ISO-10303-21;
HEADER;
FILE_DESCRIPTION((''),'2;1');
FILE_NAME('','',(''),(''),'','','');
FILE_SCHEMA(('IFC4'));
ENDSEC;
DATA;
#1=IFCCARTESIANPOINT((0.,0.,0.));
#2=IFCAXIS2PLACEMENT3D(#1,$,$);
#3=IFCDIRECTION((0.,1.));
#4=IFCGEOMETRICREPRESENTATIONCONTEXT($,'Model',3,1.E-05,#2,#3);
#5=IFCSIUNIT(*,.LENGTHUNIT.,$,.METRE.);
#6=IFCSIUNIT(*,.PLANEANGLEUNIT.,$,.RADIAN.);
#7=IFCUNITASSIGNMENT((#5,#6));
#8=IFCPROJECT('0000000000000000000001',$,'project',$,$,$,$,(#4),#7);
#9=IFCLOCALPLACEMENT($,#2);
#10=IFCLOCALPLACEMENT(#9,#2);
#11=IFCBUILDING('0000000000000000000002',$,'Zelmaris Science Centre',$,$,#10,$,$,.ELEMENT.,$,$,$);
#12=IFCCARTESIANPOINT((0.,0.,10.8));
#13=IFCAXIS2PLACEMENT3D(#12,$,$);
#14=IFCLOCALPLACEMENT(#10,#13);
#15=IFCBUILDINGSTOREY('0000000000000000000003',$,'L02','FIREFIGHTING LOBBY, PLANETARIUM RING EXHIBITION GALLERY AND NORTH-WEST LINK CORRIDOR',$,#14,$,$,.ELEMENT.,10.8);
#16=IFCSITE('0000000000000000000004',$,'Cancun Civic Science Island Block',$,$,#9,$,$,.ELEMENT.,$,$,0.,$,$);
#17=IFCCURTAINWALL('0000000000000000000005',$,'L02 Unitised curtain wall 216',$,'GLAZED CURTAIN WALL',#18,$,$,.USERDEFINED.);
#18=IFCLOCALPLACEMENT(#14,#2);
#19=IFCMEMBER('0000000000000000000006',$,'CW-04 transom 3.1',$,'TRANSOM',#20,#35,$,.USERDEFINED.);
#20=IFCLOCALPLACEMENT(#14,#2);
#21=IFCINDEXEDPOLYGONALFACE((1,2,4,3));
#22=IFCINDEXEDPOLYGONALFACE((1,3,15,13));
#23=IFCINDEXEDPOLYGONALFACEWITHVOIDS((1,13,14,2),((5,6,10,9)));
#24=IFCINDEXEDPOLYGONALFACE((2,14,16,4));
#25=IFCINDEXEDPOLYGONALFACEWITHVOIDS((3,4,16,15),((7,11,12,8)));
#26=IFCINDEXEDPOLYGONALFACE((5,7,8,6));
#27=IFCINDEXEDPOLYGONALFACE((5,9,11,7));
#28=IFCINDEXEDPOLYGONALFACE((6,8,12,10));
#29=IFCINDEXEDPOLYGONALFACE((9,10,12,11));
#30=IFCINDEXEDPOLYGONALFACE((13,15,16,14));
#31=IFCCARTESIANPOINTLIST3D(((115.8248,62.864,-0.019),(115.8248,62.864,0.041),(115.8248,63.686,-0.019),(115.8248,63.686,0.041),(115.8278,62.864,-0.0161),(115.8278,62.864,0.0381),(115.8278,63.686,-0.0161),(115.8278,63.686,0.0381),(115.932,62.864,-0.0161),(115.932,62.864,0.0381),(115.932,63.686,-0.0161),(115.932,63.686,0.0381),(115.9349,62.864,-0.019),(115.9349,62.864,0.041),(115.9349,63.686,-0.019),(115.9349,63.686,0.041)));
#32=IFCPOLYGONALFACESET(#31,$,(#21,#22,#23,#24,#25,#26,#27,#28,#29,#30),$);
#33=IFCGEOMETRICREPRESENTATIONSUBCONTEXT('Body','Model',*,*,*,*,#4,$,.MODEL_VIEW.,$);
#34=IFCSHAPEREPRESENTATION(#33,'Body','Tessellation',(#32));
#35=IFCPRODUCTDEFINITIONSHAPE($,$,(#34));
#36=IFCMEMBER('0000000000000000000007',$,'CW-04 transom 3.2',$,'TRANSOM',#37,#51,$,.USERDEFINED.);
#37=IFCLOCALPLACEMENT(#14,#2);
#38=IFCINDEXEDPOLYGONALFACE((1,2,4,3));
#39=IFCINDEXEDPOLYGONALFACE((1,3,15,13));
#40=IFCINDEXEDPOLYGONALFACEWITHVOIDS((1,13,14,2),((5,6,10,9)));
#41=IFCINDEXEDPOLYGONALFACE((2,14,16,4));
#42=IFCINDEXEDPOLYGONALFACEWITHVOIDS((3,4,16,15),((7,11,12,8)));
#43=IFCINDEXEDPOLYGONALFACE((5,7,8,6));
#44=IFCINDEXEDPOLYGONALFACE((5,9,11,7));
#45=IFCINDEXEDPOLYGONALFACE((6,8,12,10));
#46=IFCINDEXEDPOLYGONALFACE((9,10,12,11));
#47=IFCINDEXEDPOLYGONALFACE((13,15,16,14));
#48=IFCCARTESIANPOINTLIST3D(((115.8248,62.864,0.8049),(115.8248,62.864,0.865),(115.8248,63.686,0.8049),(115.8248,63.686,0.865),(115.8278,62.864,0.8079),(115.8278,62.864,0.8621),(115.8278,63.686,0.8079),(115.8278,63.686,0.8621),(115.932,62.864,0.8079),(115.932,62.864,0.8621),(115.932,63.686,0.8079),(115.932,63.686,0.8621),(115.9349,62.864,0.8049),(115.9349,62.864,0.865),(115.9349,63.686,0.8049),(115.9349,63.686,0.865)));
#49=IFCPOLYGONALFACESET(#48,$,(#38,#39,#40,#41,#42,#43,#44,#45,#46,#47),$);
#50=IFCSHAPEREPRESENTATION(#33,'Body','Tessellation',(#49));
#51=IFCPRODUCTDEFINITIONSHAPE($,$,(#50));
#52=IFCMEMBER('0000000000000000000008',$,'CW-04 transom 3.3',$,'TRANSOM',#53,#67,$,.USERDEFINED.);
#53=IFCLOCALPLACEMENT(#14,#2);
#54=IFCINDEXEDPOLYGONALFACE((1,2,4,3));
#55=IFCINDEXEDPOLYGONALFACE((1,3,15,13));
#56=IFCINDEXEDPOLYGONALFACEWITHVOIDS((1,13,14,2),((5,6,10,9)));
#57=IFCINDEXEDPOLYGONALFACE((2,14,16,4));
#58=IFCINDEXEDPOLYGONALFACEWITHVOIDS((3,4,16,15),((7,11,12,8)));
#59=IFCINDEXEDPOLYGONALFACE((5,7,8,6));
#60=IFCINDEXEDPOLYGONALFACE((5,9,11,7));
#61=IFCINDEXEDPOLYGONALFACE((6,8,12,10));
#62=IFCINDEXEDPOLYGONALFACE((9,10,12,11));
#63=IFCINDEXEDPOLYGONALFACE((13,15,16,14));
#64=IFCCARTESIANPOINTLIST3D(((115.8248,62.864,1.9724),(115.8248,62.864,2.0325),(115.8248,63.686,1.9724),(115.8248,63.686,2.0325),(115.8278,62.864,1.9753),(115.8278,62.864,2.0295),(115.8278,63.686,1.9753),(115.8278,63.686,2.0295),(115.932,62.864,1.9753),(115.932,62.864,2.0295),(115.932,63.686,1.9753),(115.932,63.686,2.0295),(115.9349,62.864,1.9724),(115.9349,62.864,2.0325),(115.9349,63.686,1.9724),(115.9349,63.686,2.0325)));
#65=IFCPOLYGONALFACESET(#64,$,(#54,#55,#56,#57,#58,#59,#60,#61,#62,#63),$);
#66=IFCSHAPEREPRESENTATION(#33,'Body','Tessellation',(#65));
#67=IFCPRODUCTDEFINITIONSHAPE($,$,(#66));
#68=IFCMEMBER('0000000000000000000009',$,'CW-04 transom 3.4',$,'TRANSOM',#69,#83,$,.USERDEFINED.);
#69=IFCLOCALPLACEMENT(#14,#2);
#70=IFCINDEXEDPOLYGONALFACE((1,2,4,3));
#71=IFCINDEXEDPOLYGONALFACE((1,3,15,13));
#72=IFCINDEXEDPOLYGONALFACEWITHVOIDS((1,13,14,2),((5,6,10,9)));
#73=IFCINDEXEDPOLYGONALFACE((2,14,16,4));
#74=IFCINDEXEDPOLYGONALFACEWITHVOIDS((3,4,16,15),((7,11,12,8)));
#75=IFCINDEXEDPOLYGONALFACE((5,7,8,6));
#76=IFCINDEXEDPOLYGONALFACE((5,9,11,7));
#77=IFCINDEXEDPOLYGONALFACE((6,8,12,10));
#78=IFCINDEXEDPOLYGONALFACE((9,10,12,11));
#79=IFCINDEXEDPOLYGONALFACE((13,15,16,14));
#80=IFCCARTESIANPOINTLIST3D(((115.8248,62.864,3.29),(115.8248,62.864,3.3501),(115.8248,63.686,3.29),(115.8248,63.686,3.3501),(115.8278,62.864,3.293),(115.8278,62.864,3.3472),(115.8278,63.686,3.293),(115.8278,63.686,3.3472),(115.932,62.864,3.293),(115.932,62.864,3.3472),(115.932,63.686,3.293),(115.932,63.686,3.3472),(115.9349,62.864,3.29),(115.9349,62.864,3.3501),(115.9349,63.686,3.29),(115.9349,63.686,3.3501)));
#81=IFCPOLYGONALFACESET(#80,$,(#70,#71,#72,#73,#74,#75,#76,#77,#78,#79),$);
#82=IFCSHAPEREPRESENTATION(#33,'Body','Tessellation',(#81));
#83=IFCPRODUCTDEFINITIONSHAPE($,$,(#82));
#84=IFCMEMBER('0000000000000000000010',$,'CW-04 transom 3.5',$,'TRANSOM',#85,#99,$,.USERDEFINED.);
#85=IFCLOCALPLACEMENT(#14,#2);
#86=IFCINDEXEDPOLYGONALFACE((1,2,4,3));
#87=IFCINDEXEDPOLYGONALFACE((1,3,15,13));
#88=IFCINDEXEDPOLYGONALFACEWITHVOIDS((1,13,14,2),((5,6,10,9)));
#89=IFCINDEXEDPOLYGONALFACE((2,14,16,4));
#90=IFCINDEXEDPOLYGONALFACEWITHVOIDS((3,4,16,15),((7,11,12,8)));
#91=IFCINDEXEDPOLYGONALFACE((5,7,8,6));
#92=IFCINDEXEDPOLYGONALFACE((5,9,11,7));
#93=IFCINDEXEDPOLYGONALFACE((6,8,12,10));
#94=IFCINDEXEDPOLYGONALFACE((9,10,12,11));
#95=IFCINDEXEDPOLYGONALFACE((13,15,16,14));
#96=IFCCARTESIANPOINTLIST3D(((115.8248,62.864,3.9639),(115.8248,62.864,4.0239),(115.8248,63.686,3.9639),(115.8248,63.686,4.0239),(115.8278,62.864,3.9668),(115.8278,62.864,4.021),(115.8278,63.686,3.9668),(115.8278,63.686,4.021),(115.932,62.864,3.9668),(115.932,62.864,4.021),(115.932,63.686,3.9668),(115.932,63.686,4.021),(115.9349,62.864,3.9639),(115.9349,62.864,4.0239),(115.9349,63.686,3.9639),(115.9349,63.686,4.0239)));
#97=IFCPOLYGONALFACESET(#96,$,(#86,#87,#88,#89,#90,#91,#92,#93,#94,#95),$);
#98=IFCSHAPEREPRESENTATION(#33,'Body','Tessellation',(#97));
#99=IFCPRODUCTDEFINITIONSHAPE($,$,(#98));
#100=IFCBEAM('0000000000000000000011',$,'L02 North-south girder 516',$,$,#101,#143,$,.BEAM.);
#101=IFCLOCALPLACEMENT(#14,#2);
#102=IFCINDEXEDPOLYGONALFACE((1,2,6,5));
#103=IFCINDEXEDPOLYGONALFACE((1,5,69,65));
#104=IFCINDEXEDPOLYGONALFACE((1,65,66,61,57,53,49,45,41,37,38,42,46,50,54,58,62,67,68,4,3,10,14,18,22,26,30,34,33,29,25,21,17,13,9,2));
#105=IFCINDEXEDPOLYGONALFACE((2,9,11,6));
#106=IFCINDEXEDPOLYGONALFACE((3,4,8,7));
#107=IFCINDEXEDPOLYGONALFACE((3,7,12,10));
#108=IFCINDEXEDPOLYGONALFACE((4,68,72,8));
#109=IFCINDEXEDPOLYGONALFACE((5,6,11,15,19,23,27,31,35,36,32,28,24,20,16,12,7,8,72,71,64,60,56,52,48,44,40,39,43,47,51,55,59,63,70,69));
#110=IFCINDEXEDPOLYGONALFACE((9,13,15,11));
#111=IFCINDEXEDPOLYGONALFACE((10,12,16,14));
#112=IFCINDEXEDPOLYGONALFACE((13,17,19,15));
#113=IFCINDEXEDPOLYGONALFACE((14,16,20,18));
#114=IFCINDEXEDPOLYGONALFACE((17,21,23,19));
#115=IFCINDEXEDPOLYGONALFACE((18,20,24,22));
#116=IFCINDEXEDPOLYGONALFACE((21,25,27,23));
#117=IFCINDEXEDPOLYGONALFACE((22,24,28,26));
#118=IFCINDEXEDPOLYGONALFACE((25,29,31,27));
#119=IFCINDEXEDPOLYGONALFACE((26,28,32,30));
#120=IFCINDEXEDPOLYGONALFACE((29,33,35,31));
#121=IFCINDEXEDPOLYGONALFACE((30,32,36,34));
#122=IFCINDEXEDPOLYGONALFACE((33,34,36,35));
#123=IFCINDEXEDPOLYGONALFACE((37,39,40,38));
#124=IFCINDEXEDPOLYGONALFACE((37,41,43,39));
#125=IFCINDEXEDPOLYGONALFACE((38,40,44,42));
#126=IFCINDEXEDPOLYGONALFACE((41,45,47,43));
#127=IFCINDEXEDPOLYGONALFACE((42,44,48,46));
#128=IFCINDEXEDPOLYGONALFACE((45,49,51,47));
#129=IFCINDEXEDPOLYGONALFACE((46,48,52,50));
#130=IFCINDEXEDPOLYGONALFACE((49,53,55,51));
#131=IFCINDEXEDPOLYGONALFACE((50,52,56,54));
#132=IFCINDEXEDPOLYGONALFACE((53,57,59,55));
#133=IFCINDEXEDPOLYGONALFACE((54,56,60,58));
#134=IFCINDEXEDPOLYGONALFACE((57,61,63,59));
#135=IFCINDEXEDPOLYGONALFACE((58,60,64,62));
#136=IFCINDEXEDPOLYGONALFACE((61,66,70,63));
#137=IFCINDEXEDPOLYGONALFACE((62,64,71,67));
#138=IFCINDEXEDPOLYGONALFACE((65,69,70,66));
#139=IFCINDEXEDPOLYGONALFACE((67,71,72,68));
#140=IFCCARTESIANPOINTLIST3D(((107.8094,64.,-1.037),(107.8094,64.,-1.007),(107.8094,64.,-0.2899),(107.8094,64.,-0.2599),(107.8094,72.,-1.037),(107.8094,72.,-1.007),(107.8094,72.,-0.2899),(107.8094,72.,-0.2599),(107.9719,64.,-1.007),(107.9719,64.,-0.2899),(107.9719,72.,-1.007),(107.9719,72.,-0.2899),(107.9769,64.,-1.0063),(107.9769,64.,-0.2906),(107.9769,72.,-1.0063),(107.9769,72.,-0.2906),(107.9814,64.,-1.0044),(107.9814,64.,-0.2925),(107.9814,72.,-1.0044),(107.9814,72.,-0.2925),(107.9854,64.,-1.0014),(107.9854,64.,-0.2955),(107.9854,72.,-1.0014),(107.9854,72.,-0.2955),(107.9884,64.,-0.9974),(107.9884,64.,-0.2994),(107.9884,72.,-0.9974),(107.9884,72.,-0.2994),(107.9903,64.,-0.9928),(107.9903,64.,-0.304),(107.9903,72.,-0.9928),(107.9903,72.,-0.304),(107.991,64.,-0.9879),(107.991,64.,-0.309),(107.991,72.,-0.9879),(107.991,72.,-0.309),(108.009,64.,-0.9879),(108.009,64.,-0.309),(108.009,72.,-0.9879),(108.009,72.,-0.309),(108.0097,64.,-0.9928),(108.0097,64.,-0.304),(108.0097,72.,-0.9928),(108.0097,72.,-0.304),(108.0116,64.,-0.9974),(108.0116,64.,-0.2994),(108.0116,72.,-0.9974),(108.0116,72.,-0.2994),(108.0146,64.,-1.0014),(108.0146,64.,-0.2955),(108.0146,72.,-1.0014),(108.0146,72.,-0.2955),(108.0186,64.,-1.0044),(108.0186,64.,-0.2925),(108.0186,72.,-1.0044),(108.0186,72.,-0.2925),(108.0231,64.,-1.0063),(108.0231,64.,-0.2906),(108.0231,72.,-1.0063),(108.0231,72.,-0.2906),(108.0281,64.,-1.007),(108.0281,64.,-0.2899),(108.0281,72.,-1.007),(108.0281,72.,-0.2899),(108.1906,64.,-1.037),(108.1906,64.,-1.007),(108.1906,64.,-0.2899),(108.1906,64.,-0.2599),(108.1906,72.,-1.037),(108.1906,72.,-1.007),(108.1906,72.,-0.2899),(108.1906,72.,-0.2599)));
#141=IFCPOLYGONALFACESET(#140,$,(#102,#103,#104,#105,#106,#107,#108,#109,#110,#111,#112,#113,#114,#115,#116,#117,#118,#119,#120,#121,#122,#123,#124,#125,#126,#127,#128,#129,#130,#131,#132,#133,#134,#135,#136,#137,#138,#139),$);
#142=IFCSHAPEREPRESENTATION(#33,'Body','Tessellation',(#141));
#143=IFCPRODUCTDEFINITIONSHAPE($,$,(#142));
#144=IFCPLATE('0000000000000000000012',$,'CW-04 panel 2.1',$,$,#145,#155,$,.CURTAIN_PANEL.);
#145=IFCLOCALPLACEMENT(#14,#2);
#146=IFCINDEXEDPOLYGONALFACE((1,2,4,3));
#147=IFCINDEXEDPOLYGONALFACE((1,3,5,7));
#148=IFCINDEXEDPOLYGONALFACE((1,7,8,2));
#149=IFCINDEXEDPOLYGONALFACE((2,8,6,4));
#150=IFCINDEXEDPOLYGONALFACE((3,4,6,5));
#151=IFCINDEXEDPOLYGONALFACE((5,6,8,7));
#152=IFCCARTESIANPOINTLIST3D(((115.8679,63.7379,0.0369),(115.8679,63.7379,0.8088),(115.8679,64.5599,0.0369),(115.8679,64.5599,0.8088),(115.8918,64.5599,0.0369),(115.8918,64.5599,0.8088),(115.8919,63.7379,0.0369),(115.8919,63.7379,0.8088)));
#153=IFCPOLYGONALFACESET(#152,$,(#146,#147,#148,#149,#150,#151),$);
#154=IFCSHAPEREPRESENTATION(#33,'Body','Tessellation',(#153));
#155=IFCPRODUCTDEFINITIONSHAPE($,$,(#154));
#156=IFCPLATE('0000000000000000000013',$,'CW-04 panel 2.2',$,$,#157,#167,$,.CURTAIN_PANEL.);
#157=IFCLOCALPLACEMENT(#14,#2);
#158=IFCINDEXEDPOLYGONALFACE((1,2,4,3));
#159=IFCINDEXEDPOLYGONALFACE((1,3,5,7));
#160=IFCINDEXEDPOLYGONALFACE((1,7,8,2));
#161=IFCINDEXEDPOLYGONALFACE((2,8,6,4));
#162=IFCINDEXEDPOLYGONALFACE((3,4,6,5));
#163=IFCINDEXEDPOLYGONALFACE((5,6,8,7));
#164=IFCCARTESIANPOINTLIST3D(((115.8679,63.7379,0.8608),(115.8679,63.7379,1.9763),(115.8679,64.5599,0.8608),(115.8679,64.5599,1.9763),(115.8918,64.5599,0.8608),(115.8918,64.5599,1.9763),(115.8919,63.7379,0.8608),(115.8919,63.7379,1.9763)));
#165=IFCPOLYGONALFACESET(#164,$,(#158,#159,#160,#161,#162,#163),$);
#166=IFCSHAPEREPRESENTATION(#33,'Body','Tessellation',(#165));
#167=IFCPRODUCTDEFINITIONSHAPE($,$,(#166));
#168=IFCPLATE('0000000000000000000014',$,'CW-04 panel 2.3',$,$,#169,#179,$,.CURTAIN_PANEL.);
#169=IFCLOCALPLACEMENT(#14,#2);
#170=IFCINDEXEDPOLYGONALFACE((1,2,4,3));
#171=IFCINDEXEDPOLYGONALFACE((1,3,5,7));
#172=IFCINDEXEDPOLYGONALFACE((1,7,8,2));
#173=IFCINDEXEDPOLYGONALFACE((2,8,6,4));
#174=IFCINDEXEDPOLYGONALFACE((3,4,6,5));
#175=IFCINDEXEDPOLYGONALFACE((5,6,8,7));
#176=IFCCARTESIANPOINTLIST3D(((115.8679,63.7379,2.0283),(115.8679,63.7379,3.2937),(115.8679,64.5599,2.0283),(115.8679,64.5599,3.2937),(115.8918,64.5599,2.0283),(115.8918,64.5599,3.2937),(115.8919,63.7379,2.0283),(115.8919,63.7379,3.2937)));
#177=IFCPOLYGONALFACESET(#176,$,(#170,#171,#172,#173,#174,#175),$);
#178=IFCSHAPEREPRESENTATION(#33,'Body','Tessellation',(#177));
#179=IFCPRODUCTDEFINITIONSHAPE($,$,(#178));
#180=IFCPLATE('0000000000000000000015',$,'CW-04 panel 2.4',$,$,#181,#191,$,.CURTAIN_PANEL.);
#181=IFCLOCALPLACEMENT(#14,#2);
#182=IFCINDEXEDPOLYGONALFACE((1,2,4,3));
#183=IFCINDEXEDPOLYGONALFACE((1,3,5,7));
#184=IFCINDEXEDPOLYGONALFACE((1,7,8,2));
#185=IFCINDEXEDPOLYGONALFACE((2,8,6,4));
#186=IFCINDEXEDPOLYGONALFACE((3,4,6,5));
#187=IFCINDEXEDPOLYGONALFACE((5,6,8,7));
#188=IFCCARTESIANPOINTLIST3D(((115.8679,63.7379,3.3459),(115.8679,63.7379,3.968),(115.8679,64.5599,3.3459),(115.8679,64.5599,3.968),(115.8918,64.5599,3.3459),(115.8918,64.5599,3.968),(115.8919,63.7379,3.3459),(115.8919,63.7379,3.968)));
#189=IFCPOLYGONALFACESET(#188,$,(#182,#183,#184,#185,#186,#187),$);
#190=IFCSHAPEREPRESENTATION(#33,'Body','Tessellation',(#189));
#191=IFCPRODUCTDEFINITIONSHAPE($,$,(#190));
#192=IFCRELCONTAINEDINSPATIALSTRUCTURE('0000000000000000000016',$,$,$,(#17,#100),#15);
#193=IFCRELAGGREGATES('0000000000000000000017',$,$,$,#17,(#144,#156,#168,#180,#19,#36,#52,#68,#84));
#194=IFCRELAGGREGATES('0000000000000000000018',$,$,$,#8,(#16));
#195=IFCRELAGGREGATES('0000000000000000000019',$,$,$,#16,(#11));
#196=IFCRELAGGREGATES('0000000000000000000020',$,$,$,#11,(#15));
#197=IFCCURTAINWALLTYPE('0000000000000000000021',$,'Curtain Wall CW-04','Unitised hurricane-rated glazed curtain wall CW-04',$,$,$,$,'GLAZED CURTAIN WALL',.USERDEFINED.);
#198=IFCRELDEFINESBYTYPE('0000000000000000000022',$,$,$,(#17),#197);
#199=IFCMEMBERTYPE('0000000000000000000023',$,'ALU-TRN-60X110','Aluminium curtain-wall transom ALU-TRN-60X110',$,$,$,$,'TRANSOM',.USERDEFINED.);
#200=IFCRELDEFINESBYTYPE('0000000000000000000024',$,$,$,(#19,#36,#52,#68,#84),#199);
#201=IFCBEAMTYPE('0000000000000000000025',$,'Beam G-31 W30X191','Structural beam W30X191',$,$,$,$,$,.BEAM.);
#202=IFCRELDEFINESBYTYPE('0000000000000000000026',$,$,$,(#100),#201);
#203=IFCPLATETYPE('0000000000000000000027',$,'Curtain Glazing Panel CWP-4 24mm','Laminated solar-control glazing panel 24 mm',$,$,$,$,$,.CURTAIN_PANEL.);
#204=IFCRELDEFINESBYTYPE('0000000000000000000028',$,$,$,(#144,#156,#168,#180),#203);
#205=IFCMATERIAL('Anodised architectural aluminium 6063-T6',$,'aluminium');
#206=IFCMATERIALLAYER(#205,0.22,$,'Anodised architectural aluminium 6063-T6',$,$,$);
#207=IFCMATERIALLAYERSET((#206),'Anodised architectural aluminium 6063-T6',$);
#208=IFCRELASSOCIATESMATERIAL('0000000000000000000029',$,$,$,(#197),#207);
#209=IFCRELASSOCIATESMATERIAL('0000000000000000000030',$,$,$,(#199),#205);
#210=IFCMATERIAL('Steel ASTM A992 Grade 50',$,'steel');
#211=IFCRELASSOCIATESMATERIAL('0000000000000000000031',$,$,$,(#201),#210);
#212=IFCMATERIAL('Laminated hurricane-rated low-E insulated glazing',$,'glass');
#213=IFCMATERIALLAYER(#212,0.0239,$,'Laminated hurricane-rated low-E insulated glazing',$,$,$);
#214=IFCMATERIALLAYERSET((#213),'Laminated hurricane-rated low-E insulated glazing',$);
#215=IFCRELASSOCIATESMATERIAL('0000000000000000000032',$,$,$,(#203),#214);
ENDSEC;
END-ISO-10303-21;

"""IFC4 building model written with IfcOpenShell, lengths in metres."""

from ifc_helpers import new_model, si_unit, direction, frame, origin, origin_2d, place, context, subcontext, project, spatial, rectangle, hollow_rectangle, i_section, extrude, material, layer, layer_set, material_profile, profile_set, type_object, element, aggregate, save


model = new_model("IFC4")

# Units and contexts
model_context = context("Model", 3, precision=1e-05, world=origin(), true_north=direction((0.0, 1.0)))
body_context = subcontext(model_context, "Body", "Model", "MODEL_VIEW")
ifc_project = project(units=[si_unit("LENGTHUNIT", "METRE"), si_unit("PLANEANGLEUNIT", "RADIAN")], contexts=[model_context])

# Site, building, storey
site_placement = place(None, origin())
site = spatial("IfcSite", under=ifc_project, at=site_placement, Name="Cancun Civic Science Island Block", CompositionType="ELEMENT", RefElevation=0.0)
building_placement = place(site_placement, origin())
building = spatial("IfcBuilding", under=site, at=building_placement, Name="Zelmaris Science Centre", CompositionType="ELEMENT")
storey_placement = place(building_placement, frame((0.0, 0.0, 10.8)))
storey = spatial("IfcBuildingStorey", under=building, at=storey_placement, Name="L02", Description="FIREFIGHTING LOBBY, PLANETARIUM RING EXHIBITION GALLERY AND NORTH-WEST LINK CORRIDOR", CompositionType="ELEMENT", Elevation=10.8)

# Shared definitions
ifc_material_1 = material(Name="Steel ASTM A992 Grade 50", Category="steel")

# Curtain wall
ifc_material_2 = material(Name="Anodised architectural aluminium 6063-T6", Category="aluminium")
ifc_layer_1 = layer(ifc_material_2, 0.22, Name="Anodised architectural aluminium 6063-T6")
ifc_layer_set_1 = layer_set([ifc_layer_1], Name="Anodised architectural aluminium 6063-T6")
curtain_wall_type = type_object("IfcCurtainWallType", Name="Curtain Wall CW-04", Description="Unitised hurricane-rated glazed curtain wall CW-04", ElementType="GLAZED CURTAIN WALL", PredefinedType="USERDEFINED", material=ifc_layer_set_1)
curtain_wall_1_placement = place(storey_placement, origin())
curtain_wall_1 = element("IfcCurtainWall", 1, at=curtain_wall_1_placement, inside=storey, type_object=curtain_wall_type, Name="L02 Unitised curtain wall 216", ObjectType="GLAZED CURTAIN WALL", PredefinedType="USERDEFINED")

# Members
ifc_material_profile_1 = material_profile(ifc_material_2, hollow_rectangle(XDim=0.0601, YDim=0.1101, WallThickness=0.0029, at=origin_2d()), Name="ALU-TRN-60X110")
ifc_profile_set_1 = profile_set([ifc_material_profile_1], Name="Anodised architectural aluminium 6063-T6")
member_type_1 = type_object("IfcMemberType", Name="ALU-TRN-60X110", Description="Aluminium curtain-wall transom ALU-TRN-60X110", ElementType="TRANSOM", PredefinedType="USERDEFINED", material=ifc_profile_set_1)
member_1_placement = place(storey_placement, frame((115.8799, 63.686, 0.011), z_axis=(0.0, -1.0, 0.0), x_axis=(0.0, 0.0, 1.0)))
member_1 = element("IfcMember", 2, at=member_1_placement, type_object=member_type_1, Name="CW-04 transom 3.1", ObjectType="TRANSOM", PredefinedType="USERDEFINED", context=body_context, shape_type="SweptSolid", body=[
    extrude(hollow_rectangle(XDim=0.0601, YDim=0.1101, WallThickness=0.0029, at=origin_2d()), origin(), (0.0, 0.0, 1.0), 0.822),
])
member_2_placement = place(storey_placement, frame((115.8799, 63.686, 0.835), z_axis=(0.0, -1.0, 0.0), x_axis=(0.0, 0.0, 1.0)))
member_2 = element("IfcMember", 3, at=member_2_placement, type_object=member_type_1, Name="CW-04 transom 3.2", ObjectType="TRANSOM", PredefinedType="USERDEFINED", context=body_context, shape_type="SweptSolid", body=[
    extrude(hollow_rectangle(XDim=0.0601, YDim=0.1101, WallThickness=0.0029, at=origin_2d()), origin(), (0.0, 0.0, 1.0), 0.822),
])
member_3_placement = place(storey_placement, frame((115.8799, 63.686, 2.0024), z_axis=(0.0, -1.0, 0.0), x_axis=(0.0, 0.0, 1.0)))
member_3 = element("IfcMember", 4, at=member_3_placement, type_object=member_type_1, Name="CW-04 transom 3.3", ObjectType="TRANSOM", PredefinedType="USERDEFINED", context=body_context, shape_type="SweptSolid", body=[
    extrude(hollow_rectangle(XDim=0.0601, YDim=0.1101, WallThickness=0.0029, at=origin_2d()), origin(), (0.0, 0.0, 1.0), 0.822),
])
member_4_placement = place(storey_placement, frame((115.8799, 63.686, 3.3201), z_axis=(0.0, -1.0, 0.0), x_axis=(0.0, 0.0, 1.0)))
member_4 = element("IfcMember", 5, at=member_4_placement, type_object=member_type_1, Name="CW-04 transom 3.4", ObjectType="TRANSOM", PredefinedType="USERDEFINED", context=body_context, shape_type="SweptSolid", body=[
    extrude(hollow_rectangle(XDim=0.0601, YDim=0.1101, WallThickness=0.0029, at=origin_2d()), origin(), (0.0, 0.0, 1.0), 0.822),
])
member_5_placement = place(storey_placement, frame((115.8799, 63.686, 3.9939), z_axis=(0.0, -1.0, 0.0), x_axis=(0.0, 0.0, 1.0)))
member_5 = element("IfcMember", 6, at=member_5_placement, type_object=member_type_1, Name="CW-04 transom 3.5", ObjectType="TRANSOM", PredefinedType="USERDEFINED", context=body_context, shape_type="SweptSolid", body=[
    extrude(hollow_rectangle(XDim=0.0601, YDim=0.1101, WallThickness=0.0029, at=origin_2d()), origin(), (0.0, 0.0, 1.0), 0.822),
])

# Beam
ifc_material_profile_2 = material_profile(ifc_material_1, i_section(OverallWidth=0.3811, OverallDepth=0.7771, WebThickness=0.0181, FlangeThickness=0.03, FilletRadius=0.019, at=origin_2d()), Name="W30X191")
ifc_profile_set_2 = profile_set([ifc_material_profile_2], Name="Steel ASTM A992 Grade 50")
beam_type = type_object("IfcBeamType", Name="Beam G-31 W30X191", Description="Structural beam W30X191", PredefinedType="BEAM", material=ifc_profile_set_2)
beam_placement = place(storey_placement, frame((108.0, 64.0, -0.6484), z_axis=(0.0, 1.0, 0.0), x_axis=(-1.0, 0.0, 0.0)))
element("IfcBeam", 7, at=beam_placement, inside=storey, type_object=beam_type, Name="L02 North-south girder 516", PredefinedType="BEAM", context=body_context, shape_type="SweptSolid", body=[
    extrude(i_section(OverallWidth=0.3811, OverallDepth=0.7771, WebThickness=0.0181, FlangeThickness=0.03, FilletRadius=0.019, at=origin_2d()), origin(), (0.0, 0.0, 1.0), 8.0),
])

# Plates
ifc_material_3 = material(Name="Laminated hurricane-rated low-E insulated glazing", Category="glass")
ifc_layer_2 = layer(ifc_material_3, 0.0239, Name="Laminated hurricane-rated low-E insulated glazing")
ifc_layer_set_2 = layer_set([ifc_layer_2], Name="Laminated hurricane-rated low-E insulated glazing")
plate_type = type_object("IfcPlateType", Name="Curtain Glazing Panel CWP-4 24mm", Description="Laminated solar-control glazing panel 24 mm", PredefinedType="CURTAIN_PANEL", material=ifc_layer_set_2)
plate_1_placement = place(storey_placement, frame((115.8799, 64.1489, 0.0369), z_axis=(0.0, 0.0, 1.0), x_axis=(0.000023, -1.0, 0.0)))
plate_1 = element("IfcPlate", 8, at=plate_1_placement, type_object=plate_type, Name="CW-04 panel 2.1", PredefinedType="CURTAIN_PANEL", context=body_context, shape_type="SweptSolid", body=[
    extrude(rectangle(XDim=0.822, YDim=0.0239, at=origin_2d()), origin(), (0.0, 0.0, 1.0), 0.772),
])
plate_2_placement = place(storey_placement, frame((115.8799, 64.1489, 0.8608), z_axis=(0.0, 0.0, 1.0), x_axis=(0.000023, -1.0, 0.0)))
plate_2 = element("IfcPlate", 9, at=plate_2_placement, type_object=plate_type, Name="CW-04 panel 2.2", PredefinedType="CURTAIN_PANEL", context=body_context, shape_type="SweptSolid", body=[
    extrude(rectangle(XDim=0.822, YDim=0.0239, at=origin_2d()), origin(), (0.0, 0.0, 1.0), 1.1155),
])
plate_3_placement = place(storey_placement, frame((115.8799, 64.1489, 2.0283), z_axis=(0.0, 0.0, 1.0), x_axis=(0.000023, -1.0, 0.0)))
plate_3 = element("IfcPlate", 10, at=plate_3_placement, type_object=plate_type, Name="CW-04 panel 2.3", PredefinedType="CURTAIN_PANEL", context=body_context, shape_type="SweptSolid", body=[
    extrude(rectangle(XDim=0.822, YDim=0.0239, at=origin_2d()), origin(), (0.0, 0.0, 1.0), 1.2654),
])
plate_4_placement = place(storey_placement, frame((115.8799, 64.1489, 3.3459), z_axis=(0.0, 0.0, 1.0), x_axis=(0.000023, -1.0, 0.0)))
plate_4 = element("IfcPlate", 11, at=plate_4_placement, type_object=plate_type, Name="CW-04 panel 2.4", PredefinedType="CURTAIN_PANEL", context=body_context, shape_type="SweptSolid", body=[
    extrude(rectangle(XDim=0.822, YDim=0.0239, at=origin_2d()), origin(), (0.0, 0.0, 1.0), 0.6221),
])
aggregate(curtain_wall_1, [plate_1, plate_2, plate_3, plate_4, member_1, member_2, member_3, member_4, member_5])

save(model, "model.ifc")
